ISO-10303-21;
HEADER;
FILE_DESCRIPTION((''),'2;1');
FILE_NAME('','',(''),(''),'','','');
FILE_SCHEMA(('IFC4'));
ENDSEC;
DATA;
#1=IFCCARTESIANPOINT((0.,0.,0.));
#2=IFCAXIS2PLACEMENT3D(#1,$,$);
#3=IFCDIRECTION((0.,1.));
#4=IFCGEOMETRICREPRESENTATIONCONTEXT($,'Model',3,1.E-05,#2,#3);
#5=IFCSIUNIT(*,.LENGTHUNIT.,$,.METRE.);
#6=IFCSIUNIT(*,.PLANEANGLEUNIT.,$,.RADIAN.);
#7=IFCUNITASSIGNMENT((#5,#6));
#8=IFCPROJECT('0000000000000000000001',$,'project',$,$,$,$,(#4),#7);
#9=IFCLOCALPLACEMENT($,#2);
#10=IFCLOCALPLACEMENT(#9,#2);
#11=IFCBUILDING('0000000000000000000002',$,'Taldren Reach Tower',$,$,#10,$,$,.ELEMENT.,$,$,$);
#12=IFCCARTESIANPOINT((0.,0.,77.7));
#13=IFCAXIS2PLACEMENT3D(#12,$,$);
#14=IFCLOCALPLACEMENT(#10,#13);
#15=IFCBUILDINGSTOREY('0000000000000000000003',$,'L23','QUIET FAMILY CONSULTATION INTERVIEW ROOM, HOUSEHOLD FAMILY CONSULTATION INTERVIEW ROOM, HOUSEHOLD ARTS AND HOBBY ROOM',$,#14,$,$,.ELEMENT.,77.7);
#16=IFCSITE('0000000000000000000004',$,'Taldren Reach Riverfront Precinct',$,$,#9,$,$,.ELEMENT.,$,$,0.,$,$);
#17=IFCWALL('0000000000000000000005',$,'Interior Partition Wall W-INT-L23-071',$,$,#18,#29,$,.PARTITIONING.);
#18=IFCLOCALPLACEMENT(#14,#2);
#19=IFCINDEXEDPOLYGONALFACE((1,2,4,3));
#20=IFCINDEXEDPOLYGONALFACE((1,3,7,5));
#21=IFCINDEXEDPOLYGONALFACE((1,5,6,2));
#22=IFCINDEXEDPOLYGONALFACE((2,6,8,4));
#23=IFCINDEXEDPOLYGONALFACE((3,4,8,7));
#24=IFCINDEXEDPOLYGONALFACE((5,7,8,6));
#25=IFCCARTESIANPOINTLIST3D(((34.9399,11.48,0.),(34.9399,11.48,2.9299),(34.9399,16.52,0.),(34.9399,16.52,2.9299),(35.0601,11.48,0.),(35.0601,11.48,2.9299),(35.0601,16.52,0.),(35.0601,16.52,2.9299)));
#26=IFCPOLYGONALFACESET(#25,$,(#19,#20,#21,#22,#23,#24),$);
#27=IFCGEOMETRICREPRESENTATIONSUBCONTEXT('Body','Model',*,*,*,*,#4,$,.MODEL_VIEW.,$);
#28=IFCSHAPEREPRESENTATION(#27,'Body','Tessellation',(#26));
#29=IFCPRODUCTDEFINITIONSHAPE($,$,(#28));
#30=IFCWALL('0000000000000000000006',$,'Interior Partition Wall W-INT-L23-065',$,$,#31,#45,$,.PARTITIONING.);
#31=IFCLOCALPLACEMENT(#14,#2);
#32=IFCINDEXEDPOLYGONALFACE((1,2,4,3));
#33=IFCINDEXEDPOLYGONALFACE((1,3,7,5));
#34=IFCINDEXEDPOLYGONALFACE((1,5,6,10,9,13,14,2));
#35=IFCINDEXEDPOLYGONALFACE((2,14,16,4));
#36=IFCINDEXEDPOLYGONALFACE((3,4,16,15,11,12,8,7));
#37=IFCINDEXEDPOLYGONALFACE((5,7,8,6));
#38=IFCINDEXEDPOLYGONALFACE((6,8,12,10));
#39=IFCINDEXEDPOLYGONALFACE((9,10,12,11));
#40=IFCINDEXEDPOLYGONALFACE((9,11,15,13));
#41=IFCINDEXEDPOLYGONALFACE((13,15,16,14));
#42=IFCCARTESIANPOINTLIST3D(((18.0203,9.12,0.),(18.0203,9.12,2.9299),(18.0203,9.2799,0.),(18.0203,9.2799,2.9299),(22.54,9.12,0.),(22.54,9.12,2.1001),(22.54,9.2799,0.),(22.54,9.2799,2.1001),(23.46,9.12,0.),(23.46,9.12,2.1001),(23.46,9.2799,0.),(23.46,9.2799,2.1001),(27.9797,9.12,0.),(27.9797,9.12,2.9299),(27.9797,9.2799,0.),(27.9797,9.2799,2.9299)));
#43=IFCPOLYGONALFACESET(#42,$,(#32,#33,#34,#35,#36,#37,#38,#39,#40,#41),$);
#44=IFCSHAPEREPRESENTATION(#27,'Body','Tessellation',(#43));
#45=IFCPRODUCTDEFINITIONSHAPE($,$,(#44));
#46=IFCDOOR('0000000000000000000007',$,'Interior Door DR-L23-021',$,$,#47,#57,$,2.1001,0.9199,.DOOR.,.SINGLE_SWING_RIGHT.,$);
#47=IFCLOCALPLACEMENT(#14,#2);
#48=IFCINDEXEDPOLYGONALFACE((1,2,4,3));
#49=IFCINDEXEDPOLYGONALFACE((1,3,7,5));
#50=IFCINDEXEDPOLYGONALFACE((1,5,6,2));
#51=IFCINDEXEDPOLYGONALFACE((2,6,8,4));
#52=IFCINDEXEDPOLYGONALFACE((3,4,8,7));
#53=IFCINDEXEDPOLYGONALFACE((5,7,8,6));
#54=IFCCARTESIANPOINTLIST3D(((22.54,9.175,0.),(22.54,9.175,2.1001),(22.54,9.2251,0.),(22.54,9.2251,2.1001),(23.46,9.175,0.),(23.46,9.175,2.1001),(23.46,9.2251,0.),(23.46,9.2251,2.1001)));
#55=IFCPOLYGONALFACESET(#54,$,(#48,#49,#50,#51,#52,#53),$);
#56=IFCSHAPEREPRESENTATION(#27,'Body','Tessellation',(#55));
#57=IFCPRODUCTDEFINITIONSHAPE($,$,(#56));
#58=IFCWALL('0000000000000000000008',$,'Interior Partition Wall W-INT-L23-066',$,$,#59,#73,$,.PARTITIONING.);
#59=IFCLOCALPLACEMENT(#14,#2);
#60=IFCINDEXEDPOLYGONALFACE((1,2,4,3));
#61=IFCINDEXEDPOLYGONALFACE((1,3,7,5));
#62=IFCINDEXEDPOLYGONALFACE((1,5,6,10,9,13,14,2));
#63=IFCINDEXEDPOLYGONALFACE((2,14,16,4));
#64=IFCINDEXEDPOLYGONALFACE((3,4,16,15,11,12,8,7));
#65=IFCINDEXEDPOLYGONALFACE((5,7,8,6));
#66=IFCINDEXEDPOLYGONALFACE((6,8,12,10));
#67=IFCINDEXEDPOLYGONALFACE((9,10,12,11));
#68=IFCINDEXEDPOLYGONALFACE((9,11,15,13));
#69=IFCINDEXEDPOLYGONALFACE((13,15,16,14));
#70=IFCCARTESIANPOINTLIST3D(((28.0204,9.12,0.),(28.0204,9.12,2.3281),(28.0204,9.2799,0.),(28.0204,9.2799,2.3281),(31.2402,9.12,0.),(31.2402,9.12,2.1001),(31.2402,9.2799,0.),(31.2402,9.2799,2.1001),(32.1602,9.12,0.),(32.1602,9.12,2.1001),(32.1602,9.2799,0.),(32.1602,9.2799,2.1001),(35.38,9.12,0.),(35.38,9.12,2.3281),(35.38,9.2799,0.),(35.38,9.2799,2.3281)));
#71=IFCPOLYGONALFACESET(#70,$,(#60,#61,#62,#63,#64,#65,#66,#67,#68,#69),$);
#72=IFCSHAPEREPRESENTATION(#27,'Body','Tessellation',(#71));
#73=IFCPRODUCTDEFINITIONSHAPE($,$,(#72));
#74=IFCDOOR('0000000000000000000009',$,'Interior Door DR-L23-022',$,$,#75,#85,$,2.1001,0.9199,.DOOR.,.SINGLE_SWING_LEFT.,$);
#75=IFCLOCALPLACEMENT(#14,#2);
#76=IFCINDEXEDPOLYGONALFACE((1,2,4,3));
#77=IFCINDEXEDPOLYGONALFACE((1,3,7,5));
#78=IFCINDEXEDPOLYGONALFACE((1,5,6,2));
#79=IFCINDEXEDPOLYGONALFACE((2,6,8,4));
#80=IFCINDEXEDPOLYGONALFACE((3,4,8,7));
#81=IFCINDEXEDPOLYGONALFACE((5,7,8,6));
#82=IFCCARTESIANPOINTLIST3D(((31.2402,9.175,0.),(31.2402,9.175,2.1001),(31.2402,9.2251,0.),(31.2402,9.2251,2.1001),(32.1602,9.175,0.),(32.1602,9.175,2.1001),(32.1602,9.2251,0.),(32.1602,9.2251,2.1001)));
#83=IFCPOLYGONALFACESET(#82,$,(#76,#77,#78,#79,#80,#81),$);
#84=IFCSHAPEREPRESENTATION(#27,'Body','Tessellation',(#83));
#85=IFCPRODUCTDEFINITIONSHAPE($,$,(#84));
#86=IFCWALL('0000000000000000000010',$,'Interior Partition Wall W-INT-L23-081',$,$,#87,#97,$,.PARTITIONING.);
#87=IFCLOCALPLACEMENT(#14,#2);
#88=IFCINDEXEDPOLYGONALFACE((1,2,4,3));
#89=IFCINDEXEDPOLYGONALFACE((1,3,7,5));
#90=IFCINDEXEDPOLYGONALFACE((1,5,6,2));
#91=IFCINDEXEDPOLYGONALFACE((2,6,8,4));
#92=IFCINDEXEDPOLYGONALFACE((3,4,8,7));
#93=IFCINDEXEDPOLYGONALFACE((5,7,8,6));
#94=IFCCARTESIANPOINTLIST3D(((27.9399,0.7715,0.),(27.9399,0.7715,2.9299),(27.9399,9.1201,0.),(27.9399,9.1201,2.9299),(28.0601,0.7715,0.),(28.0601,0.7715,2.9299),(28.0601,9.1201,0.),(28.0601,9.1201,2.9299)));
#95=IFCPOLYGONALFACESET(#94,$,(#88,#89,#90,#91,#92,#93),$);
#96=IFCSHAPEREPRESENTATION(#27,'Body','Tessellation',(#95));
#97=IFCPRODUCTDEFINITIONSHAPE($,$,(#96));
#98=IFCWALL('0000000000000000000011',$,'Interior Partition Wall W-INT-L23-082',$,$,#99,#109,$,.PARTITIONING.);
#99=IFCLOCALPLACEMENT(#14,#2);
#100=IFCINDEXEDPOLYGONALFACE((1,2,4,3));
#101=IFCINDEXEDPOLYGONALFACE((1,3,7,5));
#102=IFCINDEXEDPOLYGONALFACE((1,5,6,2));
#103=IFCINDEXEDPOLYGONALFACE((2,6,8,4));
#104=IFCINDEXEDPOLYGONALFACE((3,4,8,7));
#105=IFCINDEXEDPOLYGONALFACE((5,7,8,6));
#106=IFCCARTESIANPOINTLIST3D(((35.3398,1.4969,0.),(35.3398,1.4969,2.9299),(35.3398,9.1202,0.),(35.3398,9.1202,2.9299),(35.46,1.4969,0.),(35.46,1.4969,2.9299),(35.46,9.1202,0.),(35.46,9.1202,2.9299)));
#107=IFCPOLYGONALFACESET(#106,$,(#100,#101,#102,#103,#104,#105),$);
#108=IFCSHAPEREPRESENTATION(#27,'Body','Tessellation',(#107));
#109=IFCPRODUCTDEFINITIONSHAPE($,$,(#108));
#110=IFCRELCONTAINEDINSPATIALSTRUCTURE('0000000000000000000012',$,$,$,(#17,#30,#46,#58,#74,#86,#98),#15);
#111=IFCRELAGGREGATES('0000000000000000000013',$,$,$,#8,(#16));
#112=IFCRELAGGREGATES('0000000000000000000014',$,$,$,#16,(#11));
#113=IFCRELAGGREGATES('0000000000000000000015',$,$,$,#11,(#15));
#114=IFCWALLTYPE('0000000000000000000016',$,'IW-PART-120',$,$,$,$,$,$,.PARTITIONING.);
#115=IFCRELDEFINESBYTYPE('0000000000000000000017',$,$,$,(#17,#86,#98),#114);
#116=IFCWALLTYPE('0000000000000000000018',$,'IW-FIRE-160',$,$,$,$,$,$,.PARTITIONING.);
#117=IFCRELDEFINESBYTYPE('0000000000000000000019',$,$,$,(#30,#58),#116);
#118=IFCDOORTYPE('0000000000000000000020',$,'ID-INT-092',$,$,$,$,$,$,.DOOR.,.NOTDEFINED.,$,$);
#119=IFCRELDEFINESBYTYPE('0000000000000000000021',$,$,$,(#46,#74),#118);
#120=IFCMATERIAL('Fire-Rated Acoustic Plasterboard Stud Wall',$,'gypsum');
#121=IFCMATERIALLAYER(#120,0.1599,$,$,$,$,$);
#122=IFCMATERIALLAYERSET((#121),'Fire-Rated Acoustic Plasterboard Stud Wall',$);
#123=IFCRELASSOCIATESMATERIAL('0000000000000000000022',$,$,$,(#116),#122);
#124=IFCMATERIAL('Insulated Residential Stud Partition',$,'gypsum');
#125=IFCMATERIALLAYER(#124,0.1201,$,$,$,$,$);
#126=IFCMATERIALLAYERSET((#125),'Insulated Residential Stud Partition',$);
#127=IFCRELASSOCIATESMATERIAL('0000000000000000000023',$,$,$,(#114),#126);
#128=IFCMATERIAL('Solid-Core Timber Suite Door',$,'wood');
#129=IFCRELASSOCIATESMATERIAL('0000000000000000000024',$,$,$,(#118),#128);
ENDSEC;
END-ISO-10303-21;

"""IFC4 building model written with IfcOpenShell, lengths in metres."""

from ifc_helpers import new_model, si_unit, direction, frame, frame_2d, origin, place, context, subcontext, project, spatial, rectangle, extrude, source, transform, mapped, material, layer, layer_set, type_object, element, fill, save


model = new_model("IFC4")

# Units and contexts
model_context = context("Model", 3, precision=1e-05, world=origin(), true_north=direction((0.0, 1.0)))
body_context = subcontext(model_context, "Body", "Model", "MODEL_VIEW")
ifc_project = project(units=[si_unit("LENGTHUNIT", "METRE"), si_unit("PLANEANGLEUNIT", "RADIAN")], contexts=[model_context])

# Site, building, storey
site_placement = place(None, origin())
site = spatial("IfcSite", under=ifc_project, at=site_placement, Name="Taldren Reach Riverfront Precinct", CompositionType="ELEMENT", RefElevation=0.0)
building_placement = place(site_placement, origin())
building = spatial("IfcBuilding", under=site, at=building_placement, Name="Taldren Reach Tower", CompositionType="ELEMENT")
storey_placement = place(building_placement, frame((0.0, 0.0, 77.7)))
storey = spatial("IfcBuildingStorey", under=building, at=storey_placement, Name="L23", Description="QUIET FAMILY CONSULTATION INTERVIEW ROOM, HOUSEHOLD FAMILY CONSULTATION INTERVIEW ROOM, HOUSEHOLD ARTS AND HOBBY ROOM", CompositionType="ELEMENT", Elevation=77.7)

# Shared definitions
ifc_material_1 = material(Name="Fire-Rated Acoustic Plasterboard Stud Wall", Category="gypsum")
ifc_layer_1 = layer(ifc_material_1, 0.1599)
ifc_layer_set_1 = layer_set([ifc_layer_1], Name="Fire-Rated Acoustic Plasterboard Stud Wall")
wall_type_1 = type_object("IfcWallType", Name="IW-FIRE-160", PredefinedType="PARTITIONING", material=ifc_layer_set_1)

# Wall
ifc_material_2 = material(Name="Insulated Residential Stud Partition", Category="gypsum")
ifc_layer_2 = layer(ifc_material_2, 0.1201)
ifc_layer_set_2 = layer_set([ifc_layer_2], Name="Insulated Residential Stud Partition")
wall_type_2 = type_object("IfcWallType", Name="IW-PART-120", PredefinedType="PARTITIONING", material=ifc_layer_set_2)
shared_shape_1 = source(origin(), body_context, "Body", "SweptSolid", [
    extrude(rectangle(XDim=5.04, YDim=0.1201, at=frame_2d((2.52, 0.0))), origin(), (0.0, 0.0, 1.0), 2.9299),
])
wall_1_placement = place(storey_placement, frame((35.0, 16.52, 0.0), z_axis=(0.0, 0.0, 1.0), x_axis=(0.0, -1.0, 0.0)))
element("IfcWall", 1, at=wall_1_placement, inside=storey, type_object=wall_type_2, Name="Interior Partition Wall W-INT-L23-071", PredefinedType="PARTITIONING", context=body_context, shape_type="MappedRepresentation", body=[
    mapped(shared_shape_1, transform((0.0, 0.0, 0.0), scale=1.0)),
])

# Walls, openings, doors
shared_shape_2 = source(origin(), body_context, "Body", "SweptSolid", [
    extrude(rectangle(XDim=9.9595, YDim=0.1599, at=frame_2d((4.9797, 0.0))), origin(), (0.0, 0.0, 1.0), 2.9299),
])
wall_2_placement = place(storey_placement, frame((27.9797, 9.2, 0.0), z_axis=(0.0, 0.0, 1.0), x_axis=(-1.0, 0.0, 0.0)))
wall_2 = element("IfcWall", 2, at=wall_2_placement, inside=storey, type_object=wall_type_1, Name="Interior Partition Wall W-INT-L23-065", PredefinedType="PARTITIONING", context=body_context, shape_type="MappedRepresentation", body=[
    mapped(shared_shape_2, transform((0.0, 0.0, 0.0), scale=1.0)),
])
shared_shape_3 = source(origin(), body_context, "Body", "SweptSolid", [
    extrude(rectangle(XDim=0.9199, YDim=2.1001, at=frame_2d((0.46, 1.05))), frame((0.0, 0.0898, 0.0), z_axis=(0.0, -1.0, 0.0), x_axis=(1.0, 0.0, 0.0)), (0.0, 0.0, 1.0), 0.1799),
])
opening_1_placement = place(wall_2_placement, frame((4.5198, 0.0, 0.0)))
opening_1 = element("IfcOpeningElement", 3, at=opening_1_placement, cuts=wall_2, PredefinedType="OPENING", context=body_context, shape_type="MappedRepresentation", body=[
    mapped(shared_shape_3, transform((0.0, 0.0, 0.0), scale=1.0)),
])
ifc_material_3 = material(Name="Solid-Core Timber Suite Door", Category="wood")
door_type_1 = type_object("IfcDoorType", Name="ID-INT-092", OperationType="NOTDEFINED", PredefinedType="DOOR", material=ifc_material_3)
shared_shape_4 = source(origin(), body_context, "Body", "SweptSolid", [
    extrude(rectangle(XDim=0.9199, YDim=2.1001, at=frame_2d((0.46, 1.05))), frame((0.0, 0.0249, 0.0), z_axis=(0.0, -1.0, 0.0), x_axis=(1.0, 0.0, 0.0)), (0.0, 0.0, 1.0), 0.05),
])
door_1_placement = place(opening_1_placement, origin())
door_1 = element("IfcDoor", 4, at=door_1_placement, inside=storey, type_object=door_type_1, Name="Interior Door DR-L23-021", OperationType="SINGLE_SWING_RIGHT", OverallHeight=2.1001, OverallWidth=0.9199, PredefinedType="DOOR", context=body_context, shape_type="MappedRepresentation", body=[
    mapped(shared_shape_4, transform((0.0, 0.0, 0.0), scale=1.0)),
])
fill(opening_1, door_1)
shared_shape_5 = source(origin(), body_context, "Body", "SweptSolid", [
    extrude(rectangle(XDim=7.3596, YDim=0.1599, at=frame_2d((3.6797, 0.0))), origin(), (0.0, 0.0, 1.0), 2.3281),
])
wall_3_placement = place(storey_placement, frame((35.3799, 9.2, 0.0), z_axis=(0.0, 0.0, 1.0), x_axis=(-1.0, 0.0, 0.0)))
wall_3 = element("IfcWall", 5, at=wall_3_placement, inside=storey, type_object=wall_type_1, Name="Interior Partition Wall W-INT-L23-066", PredefinedType="PARTITIONING", context=body_context, shape_type="MappedRepresentation", body=[
    mapped(shared_shape_5, transform((0.0, 0.0, 0.0), scale=1.0)),
])
opening_2_placement = place(wall_3_placement, frame((3.2197, 0.0, 0.0)))
opening_2 = element("IfcOpeningElement", 6, at=opening_2_placement, cuts=wall_3, PredefinedType="OPENING", context=body_context, shape_type="MappedRepresentation", body=[
    mapped(shared_shape_3, transform((0.0, 0.0, 0.0), scale=1.0)),
])
door_2_placement = place(opening_2_placement, origin())
door_2 = element("IfcDoor", 7, at=door_2_placement, inside=storey, type_object=door_type_1, Name="Interior Door DR-L23-022", OperationType="SINGLE_SWING_LEFT", OverallHeight=2.1001, OverallWidth=0.9199, PredefinedType="DOOR", context=body_context, shape_type="MappedRepresentation", body=[
    mapped(shared_shape_4, transform((0.0, 0.0, 0.0), scale=1.0)),
])
fill(opening_2, door_2)

# Walls
shared_shape_6 = source(origin(), body_context, "Body", "SweptSolid", [
    extrude(rectangle(XDim=8.3486, YDim=0.1201, at=frame_2d((4.1743, 0.0))), origin(), (0.0, 0.0, 1.0), 2.9299),
])
wall_4_placement = place(storey_placement, frame((28.0, 9.1201, 0.0), z_axis=(0.0, 0.0, 1.0), x_axis=(0.0, -1.0, 0.0)))
element("IfcWall", 8, at=wall_4_placement, inside=storey, type_object=wall_type_2, Name="Interior Partition Wall W-INT-L23-081", PredefinedType="PARTITIONING", context=body_context, shape_type="MappedRepresentation", body=[
    mapped(shared_shape_6, transform((0.0, 0.0, 0.0), scale=1.0)),
])
shared_shape_7 = source(origin(), body_context, "Body", "SweptSolid", [
    extrude(rectangle(XDim=7.6233, YDim=0.1201, at=frame_2d((3.8115, 0.0))), origin(), (0.0, 0.0, 1.0), 2.9299),
])
wall_5_placement = place(storey_placement, frame((35.3999, 9.1201, 0.0), z_axis=(0.0, 0.0, 1.0), x_axis=(0.0, -1.0, 0.0)))
element("IfcWall", 9, at=wall_5_placement, inside=storey, type_object=wall_type_2, Name="Interior Partition Wall W-INT-L23-082", PredefinedType="PARTITIONING", context=body_context, shape_type="MappedRepresentation", body=[
    mapped(shared_shape_7, transform((0.0, 0.0, 0.0), scale=1.0)),
])

save(model, "model.ifc")
